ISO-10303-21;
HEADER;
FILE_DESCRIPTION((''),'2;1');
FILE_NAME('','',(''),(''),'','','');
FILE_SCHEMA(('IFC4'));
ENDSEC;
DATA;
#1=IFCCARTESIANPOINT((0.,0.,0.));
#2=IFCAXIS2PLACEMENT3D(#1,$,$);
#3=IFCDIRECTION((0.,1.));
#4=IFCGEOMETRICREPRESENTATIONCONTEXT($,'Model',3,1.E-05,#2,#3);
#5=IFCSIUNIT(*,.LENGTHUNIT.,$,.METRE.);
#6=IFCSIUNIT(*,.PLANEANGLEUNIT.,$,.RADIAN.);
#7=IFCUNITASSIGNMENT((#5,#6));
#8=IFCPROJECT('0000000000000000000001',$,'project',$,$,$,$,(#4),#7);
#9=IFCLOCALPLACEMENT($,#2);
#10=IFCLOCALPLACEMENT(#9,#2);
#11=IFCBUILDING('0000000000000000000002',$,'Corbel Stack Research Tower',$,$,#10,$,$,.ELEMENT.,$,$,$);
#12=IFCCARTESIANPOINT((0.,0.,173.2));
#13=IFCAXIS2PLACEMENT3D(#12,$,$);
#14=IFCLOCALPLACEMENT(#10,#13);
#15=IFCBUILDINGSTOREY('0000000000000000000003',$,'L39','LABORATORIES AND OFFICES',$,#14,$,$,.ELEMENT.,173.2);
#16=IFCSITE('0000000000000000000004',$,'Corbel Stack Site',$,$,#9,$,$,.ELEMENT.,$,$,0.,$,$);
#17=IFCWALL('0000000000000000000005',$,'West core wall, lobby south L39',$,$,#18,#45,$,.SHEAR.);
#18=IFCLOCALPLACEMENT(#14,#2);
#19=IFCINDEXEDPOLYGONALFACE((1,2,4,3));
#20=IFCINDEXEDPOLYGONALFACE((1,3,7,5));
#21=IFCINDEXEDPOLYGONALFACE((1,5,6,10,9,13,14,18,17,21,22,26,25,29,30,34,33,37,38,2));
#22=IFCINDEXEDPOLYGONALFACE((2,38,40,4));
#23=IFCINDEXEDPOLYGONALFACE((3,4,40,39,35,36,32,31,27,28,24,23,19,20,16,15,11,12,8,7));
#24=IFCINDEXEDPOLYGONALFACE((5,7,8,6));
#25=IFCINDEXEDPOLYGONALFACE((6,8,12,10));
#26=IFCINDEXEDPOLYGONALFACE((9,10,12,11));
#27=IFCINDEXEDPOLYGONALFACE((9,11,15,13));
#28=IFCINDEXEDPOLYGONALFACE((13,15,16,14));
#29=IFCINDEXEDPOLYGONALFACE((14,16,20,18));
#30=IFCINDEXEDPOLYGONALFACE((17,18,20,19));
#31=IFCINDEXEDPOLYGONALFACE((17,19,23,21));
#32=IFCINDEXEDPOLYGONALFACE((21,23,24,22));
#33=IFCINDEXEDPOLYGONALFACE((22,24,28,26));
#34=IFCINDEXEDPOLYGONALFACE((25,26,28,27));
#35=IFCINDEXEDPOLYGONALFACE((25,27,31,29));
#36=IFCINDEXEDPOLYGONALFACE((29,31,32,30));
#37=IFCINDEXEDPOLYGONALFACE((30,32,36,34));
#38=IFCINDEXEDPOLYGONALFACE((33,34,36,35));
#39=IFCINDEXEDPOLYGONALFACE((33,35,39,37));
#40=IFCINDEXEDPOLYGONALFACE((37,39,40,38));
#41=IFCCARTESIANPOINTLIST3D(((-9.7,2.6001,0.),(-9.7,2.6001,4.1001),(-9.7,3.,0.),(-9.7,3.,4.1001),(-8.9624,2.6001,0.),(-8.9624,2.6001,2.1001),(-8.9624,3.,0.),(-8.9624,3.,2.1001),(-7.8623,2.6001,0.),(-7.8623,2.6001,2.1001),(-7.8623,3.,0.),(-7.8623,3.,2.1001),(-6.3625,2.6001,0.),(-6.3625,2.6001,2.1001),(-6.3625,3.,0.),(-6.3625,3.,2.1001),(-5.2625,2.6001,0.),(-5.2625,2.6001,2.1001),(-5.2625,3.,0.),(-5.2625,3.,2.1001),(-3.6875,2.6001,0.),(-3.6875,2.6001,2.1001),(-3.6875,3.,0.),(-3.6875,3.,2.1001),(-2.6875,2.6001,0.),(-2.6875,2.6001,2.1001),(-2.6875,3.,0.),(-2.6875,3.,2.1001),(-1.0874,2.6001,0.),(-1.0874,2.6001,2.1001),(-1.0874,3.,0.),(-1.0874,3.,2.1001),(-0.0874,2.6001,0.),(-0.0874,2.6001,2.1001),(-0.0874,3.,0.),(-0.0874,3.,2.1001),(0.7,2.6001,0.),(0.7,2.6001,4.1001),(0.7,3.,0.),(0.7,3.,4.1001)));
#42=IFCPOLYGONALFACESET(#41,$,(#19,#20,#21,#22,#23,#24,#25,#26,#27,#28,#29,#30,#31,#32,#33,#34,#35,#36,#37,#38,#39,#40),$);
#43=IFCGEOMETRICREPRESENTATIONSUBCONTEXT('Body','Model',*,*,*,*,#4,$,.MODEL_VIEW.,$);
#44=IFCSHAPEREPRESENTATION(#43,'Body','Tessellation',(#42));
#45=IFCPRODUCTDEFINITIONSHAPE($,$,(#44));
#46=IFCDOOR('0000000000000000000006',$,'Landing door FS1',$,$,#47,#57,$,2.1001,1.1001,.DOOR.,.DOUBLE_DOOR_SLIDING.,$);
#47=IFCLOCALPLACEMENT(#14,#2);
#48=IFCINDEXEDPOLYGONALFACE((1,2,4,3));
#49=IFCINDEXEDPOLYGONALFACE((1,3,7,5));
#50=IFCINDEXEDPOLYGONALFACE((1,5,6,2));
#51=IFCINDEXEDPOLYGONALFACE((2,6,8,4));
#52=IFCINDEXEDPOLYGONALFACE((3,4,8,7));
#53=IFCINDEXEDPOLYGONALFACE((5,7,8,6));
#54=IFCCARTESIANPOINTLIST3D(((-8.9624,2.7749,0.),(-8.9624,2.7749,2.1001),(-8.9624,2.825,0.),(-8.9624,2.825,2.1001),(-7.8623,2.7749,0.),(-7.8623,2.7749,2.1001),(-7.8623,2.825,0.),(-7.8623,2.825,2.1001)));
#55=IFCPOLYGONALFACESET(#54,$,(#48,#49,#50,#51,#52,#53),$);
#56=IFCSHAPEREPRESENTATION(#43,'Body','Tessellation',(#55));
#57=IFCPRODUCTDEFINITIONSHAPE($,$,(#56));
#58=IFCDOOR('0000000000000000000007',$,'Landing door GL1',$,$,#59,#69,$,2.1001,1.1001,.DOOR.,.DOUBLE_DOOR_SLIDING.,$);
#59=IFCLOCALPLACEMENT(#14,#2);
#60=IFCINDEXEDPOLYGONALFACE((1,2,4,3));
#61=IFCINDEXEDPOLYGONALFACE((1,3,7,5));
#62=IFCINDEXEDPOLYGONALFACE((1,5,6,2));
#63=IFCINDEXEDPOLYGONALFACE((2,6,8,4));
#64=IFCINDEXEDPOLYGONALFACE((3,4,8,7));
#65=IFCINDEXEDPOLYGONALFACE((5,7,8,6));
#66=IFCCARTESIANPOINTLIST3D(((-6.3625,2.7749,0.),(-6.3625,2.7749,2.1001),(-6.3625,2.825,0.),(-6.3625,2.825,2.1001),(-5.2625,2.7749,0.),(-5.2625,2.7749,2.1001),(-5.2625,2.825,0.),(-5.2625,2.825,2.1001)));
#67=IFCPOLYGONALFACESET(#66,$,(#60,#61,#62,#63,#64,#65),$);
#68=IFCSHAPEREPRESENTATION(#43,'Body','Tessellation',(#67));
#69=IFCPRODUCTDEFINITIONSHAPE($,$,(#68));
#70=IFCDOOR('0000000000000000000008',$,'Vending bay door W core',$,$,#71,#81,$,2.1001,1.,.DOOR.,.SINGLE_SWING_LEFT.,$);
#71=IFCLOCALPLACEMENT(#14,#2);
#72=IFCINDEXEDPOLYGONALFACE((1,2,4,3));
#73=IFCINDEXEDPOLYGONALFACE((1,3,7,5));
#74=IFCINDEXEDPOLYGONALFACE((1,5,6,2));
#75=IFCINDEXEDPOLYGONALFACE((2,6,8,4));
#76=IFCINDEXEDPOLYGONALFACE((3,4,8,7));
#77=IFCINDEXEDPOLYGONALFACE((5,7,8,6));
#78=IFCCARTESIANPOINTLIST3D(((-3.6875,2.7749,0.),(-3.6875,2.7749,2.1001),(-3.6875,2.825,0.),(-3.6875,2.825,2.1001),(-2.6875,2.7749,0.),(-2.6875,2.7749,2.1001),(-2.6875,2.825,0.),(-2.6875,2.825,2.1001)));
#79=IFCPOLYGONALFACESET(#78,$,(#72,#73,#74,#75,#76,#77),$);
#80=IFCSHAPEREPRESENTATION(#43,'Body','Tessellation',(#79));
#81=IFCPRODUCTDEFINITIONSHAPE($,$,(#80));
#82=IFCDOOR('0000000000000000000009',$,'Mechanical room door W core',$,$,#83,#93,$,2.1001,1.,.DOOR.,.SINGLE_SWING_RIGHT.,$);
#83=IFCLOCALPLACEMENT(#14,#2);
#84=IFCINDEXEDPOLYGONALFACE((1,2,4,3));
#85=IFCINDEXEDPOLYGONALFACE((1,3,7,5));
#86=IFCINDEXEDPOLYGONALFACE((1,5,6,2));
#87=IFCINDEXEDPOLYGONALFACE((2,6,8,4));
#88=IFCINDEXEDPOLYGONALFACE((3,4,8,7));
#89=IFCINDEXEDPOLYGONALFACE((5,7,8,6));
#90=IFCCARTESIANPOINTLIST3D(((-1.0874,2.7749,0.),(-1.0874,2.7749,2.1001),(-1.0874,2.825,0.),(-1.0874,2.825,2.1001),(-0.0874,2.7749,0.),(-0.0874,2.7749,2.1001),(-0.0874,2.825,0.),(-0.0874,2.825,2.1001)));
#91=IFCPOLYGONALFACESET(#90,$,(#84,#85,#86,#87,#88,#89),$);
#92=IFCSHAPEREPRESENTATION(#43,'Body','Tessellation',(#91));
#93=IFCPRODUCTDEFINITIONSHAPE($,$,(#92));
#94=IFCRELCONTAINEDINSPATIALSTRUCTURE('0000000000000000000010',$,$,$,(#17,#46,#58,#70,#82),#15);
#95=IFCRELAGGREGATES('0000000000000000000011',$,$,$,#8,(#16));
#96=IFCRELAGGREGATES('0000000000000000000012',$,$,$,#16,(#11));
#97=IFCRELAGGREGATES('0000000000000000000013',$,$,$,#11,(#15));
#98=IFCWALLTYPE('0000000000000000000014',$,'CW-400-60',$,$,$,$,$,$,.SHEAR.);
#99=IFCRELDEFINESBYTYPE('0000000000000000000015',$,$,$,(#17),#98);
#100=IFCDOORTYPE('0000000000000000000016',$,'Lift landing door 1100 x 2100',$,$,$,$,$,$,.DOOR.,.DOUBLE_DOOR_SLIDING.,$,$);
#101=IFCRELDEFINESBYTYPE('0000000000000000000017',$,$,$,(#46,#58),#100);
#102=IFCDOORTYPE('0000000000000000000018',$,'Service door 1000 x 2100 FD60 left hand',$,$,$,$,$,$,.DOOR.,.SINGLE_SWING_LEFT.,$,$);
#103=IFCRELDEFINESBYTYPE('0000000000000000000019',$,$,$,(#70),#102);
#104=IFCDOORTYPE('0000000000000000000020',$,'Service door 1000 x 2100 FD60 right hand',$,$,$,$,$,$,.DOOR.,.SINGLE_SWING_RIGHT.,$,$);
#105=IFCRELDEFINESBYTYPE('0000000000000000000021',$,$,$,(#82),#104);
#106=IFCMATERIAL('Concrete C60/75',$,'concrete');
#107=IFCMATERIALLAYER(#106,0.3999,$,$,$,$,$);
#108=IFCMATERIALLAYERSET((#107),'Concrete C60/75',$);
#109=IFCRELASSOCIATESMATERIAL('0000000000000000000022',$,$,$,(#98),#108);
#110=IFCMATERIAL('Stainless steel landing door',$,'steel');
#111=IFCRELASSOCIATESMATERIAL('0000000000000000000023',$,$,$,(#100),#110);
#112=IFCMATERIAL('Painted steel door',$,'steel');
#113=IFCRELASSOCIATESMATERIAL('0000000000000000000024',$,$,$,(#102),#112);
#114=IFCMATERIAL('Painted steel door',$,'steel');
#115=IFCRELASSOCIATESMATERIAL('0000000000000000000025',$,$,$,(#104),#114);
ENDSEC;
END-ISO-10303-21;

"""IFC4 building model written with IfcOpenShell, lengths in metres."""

from ifc_helpers import new_model, si_unit, direction, frame, frame_2d, origin, place, context, subcontext, project, spatial, rectangle, extrude, material, layer, layer_set, type_object, element, fill, save


model = new_model("IFC4")

# Units and contexts
model_context = context("Model", 3, precision=1e-05, world=origin(), true_north=direction((0.0, 1.0)))
body_context = subcontext(model_context, "Body", "Model", "MODEL_VIEW")
ifc_project = project(units=[si_unit("LENGTHUNIT", "METRE"), si_unit("PLANEANGLEUNIT", "RADIAN")], contexts=[model_context])

# Site, building, storey
site_placement = place(None, origin())
site = spatial("IfcSite", under=ifc_project, at=site_placement, Name="Corbel Stack Site", CompositionType="ELEMENT", RefElevation=0.0)
building_placement = place(site_placement, origin())
building = spatial("IfcBuilding", under=site, at=building_placement, Name="Corbel Stack Research Tower", CompositionType="ELEMENT")
storey_placement = place(building_placement, frame((0.0, 0.0, 173.2)))
storey = spatial("IfcBuildingStorey", under=building, at=storey_placement, Name="L39", Description="LABORATORIES AND OFFICES", CompositionType="ELEMENT", Elevation=173.2)

# Wall, openings, doors
ifc_material_1 = material(Name="Concrete C60/75", Category="concrete")
ifc_layer_1 = layer(ifc_material_1, 0.3999)
ifc_layer_set_1 = layer_set([ifc_layer_1], Name="Concrete C60/75")
wall_type = type_object("IfcWallType", Name="CW-400-60", PredefinedType="SHEAR", material=ifc_layer_set_1)
wall_1_placement = place(storey_placement, frame((-9.7, 2.8, 0.0), z_axis=(0.0, 0.0, 1.0), x_axis=(1.0, 0.0, 0.0)))
wall_1 = element("IfcWall", 1, at=wall_1_placement, inside=storey, type_object=wall_type, Name="West core wall, lobby south L39", PredefinedType="SHEAR", context=body_context, shape_type="SweptSolid", body=[
    extrude(rectangle(XDim=10.3999, YDim=0.3999, at=frame_2d((5.2, 0.0))), origin(), (0.0, 0.0, 1.0), 4.1001),
])
opening_1_placement = place(wall_1_placement, frame((0.7375, 0.0, 0.0)))
opening_1 = element("IfcOpeningElement", 2, at=opening_1_placement, cuts=wall_1, PredefinedType="OPENING", context=body_context, shape_type="SweptSolid", body=[
    extrude(rectangle(XDim=1.1001, YDim=2.1001, at=frame_2d((0.55, 1.05))), frame((0.0, 0.21, 0.0), z_axis=(0.0, -1.0, 0.0), x_axis=(1.0, 0.0, 0.0)), (0.0, 0.0, 1.0), 0.4199),
])
opening_2_placement = place(wall_1_placement, frame((3.3374, 0.0, 0.0)))
opening_2 = element("IfcOpeningElement", 3, at=opening_2_placement, cuts=wall_1, PredefinedType="OPENING", context=body_context, shape_type="SweptSolid", body=[
    extrude(rectangle(XDim=1.1001, YDim=2.1001, at=frame_2d((0.55, 1.05))), frame((0.0, 0.21, 0.0), z_axis=(0.0, -1.0, 0.0), x_axis=(1.0, 0.0, 0.0)), (0.0, 0.0, 1.0), 0.4199),
])
opening_3_placement = place(wall_1_placement, frame((6.0125, 0.0, 0.0)))
opening_3 = element("IfcOpeningElement", 4, at=opening_3_placement, cuts=wall_1, PredefinedType="OPENING", context=body_context, shape_type="SweptSolid", body=[
    extrude(rectangle(XDim=1.0, YDim=2.1001, at=frame_2d((0.5, 1.05))), frame((0.0, 0.21, 0.0), z_axis=(0.0, -1.0, 0.0), x_axis=(1.0, 0.0, 0.0)), (0.0, 0.0, 1.0), 0.4199),
])
opening_4_placement = place(wall_1_placement, frame((8.6125, 0.0, 0.0)))
opening_4 = element("IfcOpeningElement", 5, at=opening_4_placement, cuts=wall_1, PredefinedType="OPENING", context=body_context, shape_type="SweptSolid", body=[
    extrude(rectangle(XDim=1.0, YDim=2.1001, at=frame_2d((0.5, 1.05))), frame((0.0, 0.21, 0.0), z_axis=(0.0, -1.0, 0.0), x_axis=(1.0, 0.0, 0.0)), (0.0, 0.0, 1.0), 0.4199),
])
ifc_material_2 = material(Name="Stainless steel landing door", Category="steel")
door_type_1 = type_object("IfcDoorType", Name="Lift landing door 1100 x 2100", OperationType="DOUBLE_DOOR_SLIDING", PredefinedType="DOOR", material=ifc_material_2)
door_1_placement = place(opening_1_placement, origin())
door_1 = element("IfcDoor", 6, at=door_1_placement, inside=storey, type_object=door_type_1, Name="Landing door FS1", OperationType="DOUBLE_DOOR_SLIDING", OverallHeight=2.1001, OverallWidth=1.1001, PredefinedType="DOOR", context=body_context, shape_type="SweptSolid", body=[
    extrude(rectangle(XDim=1.1001, YDim=2.1001, at=frame_2d((0.55, 1.05))), frame((0.0, 0.0249, 0.0), z_axis=(0.0, -1.0, 0.0), x_axis=(1.0, 0.0, 0.0)), (0.0, 0.0, 1.0), 0.05),
])
fill(opening_1, door_1)
door_2_placement = place(opening_2_placement, origin())
door_2 = element("IfcDoor", 7, at=door_2_placement, inside=storey, type_object=door_type_1, Name="Landing door GL1", OperationType="DOUBLE_DOOR_SLIDING", OverallHeight=2.1001, OverallWidth=1.1001, PredefinedType="DOOR", context=body_context, shape_type="SweptSolid", body=[
    extrude(rectangle(XDim=1.1001, YDim=2.1001, at=frame_2d((0.55, 1.05))), frame((0.0, 0.0249, 0.0), z_axis=(0.0, -1.0, 0.0), x_axis=(1.0, 0.0, 0.0)), (0.0, 0.0, 1.0), 0.05),
])
fill(opening_2, door_2)
ifc_material_3 = material(Name="Painted steel door", Category="steel")
door_type_2 = type_object("IfcDoorType", Name="Service door 1000 x 2100 FD60 left hand", OperationType="SINGLE_SWING_LEFT", PredefinedType="DOOR", material=ifc_material_3)
door_3_placement = place(opening_3_placement, origin())
door_3 = element("IfcDoor", 8, at=door_3_placement, inside=storey, type_object=door_type_2, Name="Vending bay door W core", OperationType="SINGLE_SWING_LEFT", OverallHeight=2.1001, OverallWidth=1.0, PredefinedType="DOOR", context=body_context, shape_type="SweptSolid", body=[
    extrude(rectangle(XDim=1.0, YDim=2.1001, at=frame_2d((0.5, 1.05))), frame((0.0, 0.0249, 0.0), z_axis=(0.0, -1.0, 0.0), x_axis=(1.0, 0.0, 0.0)), (0.0, 0.0, 1.0), 0.05),
])
fill(opening_3, door_3)
ifc_material_4 = material(Name="Painted steel door", Category="steel")
door_type_3 = type_object("IfcDoorType", Name="Service door 1000 x 2100 FD60 right hand", OperationType="SINGLE_SWING_RIGHT", PredefinedType="DOOR", material=ifc_material_4)
door_4_placement = place(opening_4_placement, origin())
door_4 = element("IfcDoor", 9, at=door_4_placement, inside=storey, type_object=door_type_3, Name="Mechanical room door W core", OperationType="SINGLE_SWING_RIGHT", OverallHeight=2.1001, OverallWidth=1.0, PredefinedType="DOOR", context=body_context, shape_type="SweptSolid", body=[
    extrude(rectangle(XDim=1.0, YDim=2.1001, at=frame_2d((0.5, 1.05))), frame((0.0, 0.0249, 0.0), z_axis=(0.0, -1.0, 0.0), x_axis=(1.0, 0.0, 0.0)), (0.0, 0.0, 1.0), 0.05),
])
fill(opening_4, door_4)

save(model, "model.ifc")
